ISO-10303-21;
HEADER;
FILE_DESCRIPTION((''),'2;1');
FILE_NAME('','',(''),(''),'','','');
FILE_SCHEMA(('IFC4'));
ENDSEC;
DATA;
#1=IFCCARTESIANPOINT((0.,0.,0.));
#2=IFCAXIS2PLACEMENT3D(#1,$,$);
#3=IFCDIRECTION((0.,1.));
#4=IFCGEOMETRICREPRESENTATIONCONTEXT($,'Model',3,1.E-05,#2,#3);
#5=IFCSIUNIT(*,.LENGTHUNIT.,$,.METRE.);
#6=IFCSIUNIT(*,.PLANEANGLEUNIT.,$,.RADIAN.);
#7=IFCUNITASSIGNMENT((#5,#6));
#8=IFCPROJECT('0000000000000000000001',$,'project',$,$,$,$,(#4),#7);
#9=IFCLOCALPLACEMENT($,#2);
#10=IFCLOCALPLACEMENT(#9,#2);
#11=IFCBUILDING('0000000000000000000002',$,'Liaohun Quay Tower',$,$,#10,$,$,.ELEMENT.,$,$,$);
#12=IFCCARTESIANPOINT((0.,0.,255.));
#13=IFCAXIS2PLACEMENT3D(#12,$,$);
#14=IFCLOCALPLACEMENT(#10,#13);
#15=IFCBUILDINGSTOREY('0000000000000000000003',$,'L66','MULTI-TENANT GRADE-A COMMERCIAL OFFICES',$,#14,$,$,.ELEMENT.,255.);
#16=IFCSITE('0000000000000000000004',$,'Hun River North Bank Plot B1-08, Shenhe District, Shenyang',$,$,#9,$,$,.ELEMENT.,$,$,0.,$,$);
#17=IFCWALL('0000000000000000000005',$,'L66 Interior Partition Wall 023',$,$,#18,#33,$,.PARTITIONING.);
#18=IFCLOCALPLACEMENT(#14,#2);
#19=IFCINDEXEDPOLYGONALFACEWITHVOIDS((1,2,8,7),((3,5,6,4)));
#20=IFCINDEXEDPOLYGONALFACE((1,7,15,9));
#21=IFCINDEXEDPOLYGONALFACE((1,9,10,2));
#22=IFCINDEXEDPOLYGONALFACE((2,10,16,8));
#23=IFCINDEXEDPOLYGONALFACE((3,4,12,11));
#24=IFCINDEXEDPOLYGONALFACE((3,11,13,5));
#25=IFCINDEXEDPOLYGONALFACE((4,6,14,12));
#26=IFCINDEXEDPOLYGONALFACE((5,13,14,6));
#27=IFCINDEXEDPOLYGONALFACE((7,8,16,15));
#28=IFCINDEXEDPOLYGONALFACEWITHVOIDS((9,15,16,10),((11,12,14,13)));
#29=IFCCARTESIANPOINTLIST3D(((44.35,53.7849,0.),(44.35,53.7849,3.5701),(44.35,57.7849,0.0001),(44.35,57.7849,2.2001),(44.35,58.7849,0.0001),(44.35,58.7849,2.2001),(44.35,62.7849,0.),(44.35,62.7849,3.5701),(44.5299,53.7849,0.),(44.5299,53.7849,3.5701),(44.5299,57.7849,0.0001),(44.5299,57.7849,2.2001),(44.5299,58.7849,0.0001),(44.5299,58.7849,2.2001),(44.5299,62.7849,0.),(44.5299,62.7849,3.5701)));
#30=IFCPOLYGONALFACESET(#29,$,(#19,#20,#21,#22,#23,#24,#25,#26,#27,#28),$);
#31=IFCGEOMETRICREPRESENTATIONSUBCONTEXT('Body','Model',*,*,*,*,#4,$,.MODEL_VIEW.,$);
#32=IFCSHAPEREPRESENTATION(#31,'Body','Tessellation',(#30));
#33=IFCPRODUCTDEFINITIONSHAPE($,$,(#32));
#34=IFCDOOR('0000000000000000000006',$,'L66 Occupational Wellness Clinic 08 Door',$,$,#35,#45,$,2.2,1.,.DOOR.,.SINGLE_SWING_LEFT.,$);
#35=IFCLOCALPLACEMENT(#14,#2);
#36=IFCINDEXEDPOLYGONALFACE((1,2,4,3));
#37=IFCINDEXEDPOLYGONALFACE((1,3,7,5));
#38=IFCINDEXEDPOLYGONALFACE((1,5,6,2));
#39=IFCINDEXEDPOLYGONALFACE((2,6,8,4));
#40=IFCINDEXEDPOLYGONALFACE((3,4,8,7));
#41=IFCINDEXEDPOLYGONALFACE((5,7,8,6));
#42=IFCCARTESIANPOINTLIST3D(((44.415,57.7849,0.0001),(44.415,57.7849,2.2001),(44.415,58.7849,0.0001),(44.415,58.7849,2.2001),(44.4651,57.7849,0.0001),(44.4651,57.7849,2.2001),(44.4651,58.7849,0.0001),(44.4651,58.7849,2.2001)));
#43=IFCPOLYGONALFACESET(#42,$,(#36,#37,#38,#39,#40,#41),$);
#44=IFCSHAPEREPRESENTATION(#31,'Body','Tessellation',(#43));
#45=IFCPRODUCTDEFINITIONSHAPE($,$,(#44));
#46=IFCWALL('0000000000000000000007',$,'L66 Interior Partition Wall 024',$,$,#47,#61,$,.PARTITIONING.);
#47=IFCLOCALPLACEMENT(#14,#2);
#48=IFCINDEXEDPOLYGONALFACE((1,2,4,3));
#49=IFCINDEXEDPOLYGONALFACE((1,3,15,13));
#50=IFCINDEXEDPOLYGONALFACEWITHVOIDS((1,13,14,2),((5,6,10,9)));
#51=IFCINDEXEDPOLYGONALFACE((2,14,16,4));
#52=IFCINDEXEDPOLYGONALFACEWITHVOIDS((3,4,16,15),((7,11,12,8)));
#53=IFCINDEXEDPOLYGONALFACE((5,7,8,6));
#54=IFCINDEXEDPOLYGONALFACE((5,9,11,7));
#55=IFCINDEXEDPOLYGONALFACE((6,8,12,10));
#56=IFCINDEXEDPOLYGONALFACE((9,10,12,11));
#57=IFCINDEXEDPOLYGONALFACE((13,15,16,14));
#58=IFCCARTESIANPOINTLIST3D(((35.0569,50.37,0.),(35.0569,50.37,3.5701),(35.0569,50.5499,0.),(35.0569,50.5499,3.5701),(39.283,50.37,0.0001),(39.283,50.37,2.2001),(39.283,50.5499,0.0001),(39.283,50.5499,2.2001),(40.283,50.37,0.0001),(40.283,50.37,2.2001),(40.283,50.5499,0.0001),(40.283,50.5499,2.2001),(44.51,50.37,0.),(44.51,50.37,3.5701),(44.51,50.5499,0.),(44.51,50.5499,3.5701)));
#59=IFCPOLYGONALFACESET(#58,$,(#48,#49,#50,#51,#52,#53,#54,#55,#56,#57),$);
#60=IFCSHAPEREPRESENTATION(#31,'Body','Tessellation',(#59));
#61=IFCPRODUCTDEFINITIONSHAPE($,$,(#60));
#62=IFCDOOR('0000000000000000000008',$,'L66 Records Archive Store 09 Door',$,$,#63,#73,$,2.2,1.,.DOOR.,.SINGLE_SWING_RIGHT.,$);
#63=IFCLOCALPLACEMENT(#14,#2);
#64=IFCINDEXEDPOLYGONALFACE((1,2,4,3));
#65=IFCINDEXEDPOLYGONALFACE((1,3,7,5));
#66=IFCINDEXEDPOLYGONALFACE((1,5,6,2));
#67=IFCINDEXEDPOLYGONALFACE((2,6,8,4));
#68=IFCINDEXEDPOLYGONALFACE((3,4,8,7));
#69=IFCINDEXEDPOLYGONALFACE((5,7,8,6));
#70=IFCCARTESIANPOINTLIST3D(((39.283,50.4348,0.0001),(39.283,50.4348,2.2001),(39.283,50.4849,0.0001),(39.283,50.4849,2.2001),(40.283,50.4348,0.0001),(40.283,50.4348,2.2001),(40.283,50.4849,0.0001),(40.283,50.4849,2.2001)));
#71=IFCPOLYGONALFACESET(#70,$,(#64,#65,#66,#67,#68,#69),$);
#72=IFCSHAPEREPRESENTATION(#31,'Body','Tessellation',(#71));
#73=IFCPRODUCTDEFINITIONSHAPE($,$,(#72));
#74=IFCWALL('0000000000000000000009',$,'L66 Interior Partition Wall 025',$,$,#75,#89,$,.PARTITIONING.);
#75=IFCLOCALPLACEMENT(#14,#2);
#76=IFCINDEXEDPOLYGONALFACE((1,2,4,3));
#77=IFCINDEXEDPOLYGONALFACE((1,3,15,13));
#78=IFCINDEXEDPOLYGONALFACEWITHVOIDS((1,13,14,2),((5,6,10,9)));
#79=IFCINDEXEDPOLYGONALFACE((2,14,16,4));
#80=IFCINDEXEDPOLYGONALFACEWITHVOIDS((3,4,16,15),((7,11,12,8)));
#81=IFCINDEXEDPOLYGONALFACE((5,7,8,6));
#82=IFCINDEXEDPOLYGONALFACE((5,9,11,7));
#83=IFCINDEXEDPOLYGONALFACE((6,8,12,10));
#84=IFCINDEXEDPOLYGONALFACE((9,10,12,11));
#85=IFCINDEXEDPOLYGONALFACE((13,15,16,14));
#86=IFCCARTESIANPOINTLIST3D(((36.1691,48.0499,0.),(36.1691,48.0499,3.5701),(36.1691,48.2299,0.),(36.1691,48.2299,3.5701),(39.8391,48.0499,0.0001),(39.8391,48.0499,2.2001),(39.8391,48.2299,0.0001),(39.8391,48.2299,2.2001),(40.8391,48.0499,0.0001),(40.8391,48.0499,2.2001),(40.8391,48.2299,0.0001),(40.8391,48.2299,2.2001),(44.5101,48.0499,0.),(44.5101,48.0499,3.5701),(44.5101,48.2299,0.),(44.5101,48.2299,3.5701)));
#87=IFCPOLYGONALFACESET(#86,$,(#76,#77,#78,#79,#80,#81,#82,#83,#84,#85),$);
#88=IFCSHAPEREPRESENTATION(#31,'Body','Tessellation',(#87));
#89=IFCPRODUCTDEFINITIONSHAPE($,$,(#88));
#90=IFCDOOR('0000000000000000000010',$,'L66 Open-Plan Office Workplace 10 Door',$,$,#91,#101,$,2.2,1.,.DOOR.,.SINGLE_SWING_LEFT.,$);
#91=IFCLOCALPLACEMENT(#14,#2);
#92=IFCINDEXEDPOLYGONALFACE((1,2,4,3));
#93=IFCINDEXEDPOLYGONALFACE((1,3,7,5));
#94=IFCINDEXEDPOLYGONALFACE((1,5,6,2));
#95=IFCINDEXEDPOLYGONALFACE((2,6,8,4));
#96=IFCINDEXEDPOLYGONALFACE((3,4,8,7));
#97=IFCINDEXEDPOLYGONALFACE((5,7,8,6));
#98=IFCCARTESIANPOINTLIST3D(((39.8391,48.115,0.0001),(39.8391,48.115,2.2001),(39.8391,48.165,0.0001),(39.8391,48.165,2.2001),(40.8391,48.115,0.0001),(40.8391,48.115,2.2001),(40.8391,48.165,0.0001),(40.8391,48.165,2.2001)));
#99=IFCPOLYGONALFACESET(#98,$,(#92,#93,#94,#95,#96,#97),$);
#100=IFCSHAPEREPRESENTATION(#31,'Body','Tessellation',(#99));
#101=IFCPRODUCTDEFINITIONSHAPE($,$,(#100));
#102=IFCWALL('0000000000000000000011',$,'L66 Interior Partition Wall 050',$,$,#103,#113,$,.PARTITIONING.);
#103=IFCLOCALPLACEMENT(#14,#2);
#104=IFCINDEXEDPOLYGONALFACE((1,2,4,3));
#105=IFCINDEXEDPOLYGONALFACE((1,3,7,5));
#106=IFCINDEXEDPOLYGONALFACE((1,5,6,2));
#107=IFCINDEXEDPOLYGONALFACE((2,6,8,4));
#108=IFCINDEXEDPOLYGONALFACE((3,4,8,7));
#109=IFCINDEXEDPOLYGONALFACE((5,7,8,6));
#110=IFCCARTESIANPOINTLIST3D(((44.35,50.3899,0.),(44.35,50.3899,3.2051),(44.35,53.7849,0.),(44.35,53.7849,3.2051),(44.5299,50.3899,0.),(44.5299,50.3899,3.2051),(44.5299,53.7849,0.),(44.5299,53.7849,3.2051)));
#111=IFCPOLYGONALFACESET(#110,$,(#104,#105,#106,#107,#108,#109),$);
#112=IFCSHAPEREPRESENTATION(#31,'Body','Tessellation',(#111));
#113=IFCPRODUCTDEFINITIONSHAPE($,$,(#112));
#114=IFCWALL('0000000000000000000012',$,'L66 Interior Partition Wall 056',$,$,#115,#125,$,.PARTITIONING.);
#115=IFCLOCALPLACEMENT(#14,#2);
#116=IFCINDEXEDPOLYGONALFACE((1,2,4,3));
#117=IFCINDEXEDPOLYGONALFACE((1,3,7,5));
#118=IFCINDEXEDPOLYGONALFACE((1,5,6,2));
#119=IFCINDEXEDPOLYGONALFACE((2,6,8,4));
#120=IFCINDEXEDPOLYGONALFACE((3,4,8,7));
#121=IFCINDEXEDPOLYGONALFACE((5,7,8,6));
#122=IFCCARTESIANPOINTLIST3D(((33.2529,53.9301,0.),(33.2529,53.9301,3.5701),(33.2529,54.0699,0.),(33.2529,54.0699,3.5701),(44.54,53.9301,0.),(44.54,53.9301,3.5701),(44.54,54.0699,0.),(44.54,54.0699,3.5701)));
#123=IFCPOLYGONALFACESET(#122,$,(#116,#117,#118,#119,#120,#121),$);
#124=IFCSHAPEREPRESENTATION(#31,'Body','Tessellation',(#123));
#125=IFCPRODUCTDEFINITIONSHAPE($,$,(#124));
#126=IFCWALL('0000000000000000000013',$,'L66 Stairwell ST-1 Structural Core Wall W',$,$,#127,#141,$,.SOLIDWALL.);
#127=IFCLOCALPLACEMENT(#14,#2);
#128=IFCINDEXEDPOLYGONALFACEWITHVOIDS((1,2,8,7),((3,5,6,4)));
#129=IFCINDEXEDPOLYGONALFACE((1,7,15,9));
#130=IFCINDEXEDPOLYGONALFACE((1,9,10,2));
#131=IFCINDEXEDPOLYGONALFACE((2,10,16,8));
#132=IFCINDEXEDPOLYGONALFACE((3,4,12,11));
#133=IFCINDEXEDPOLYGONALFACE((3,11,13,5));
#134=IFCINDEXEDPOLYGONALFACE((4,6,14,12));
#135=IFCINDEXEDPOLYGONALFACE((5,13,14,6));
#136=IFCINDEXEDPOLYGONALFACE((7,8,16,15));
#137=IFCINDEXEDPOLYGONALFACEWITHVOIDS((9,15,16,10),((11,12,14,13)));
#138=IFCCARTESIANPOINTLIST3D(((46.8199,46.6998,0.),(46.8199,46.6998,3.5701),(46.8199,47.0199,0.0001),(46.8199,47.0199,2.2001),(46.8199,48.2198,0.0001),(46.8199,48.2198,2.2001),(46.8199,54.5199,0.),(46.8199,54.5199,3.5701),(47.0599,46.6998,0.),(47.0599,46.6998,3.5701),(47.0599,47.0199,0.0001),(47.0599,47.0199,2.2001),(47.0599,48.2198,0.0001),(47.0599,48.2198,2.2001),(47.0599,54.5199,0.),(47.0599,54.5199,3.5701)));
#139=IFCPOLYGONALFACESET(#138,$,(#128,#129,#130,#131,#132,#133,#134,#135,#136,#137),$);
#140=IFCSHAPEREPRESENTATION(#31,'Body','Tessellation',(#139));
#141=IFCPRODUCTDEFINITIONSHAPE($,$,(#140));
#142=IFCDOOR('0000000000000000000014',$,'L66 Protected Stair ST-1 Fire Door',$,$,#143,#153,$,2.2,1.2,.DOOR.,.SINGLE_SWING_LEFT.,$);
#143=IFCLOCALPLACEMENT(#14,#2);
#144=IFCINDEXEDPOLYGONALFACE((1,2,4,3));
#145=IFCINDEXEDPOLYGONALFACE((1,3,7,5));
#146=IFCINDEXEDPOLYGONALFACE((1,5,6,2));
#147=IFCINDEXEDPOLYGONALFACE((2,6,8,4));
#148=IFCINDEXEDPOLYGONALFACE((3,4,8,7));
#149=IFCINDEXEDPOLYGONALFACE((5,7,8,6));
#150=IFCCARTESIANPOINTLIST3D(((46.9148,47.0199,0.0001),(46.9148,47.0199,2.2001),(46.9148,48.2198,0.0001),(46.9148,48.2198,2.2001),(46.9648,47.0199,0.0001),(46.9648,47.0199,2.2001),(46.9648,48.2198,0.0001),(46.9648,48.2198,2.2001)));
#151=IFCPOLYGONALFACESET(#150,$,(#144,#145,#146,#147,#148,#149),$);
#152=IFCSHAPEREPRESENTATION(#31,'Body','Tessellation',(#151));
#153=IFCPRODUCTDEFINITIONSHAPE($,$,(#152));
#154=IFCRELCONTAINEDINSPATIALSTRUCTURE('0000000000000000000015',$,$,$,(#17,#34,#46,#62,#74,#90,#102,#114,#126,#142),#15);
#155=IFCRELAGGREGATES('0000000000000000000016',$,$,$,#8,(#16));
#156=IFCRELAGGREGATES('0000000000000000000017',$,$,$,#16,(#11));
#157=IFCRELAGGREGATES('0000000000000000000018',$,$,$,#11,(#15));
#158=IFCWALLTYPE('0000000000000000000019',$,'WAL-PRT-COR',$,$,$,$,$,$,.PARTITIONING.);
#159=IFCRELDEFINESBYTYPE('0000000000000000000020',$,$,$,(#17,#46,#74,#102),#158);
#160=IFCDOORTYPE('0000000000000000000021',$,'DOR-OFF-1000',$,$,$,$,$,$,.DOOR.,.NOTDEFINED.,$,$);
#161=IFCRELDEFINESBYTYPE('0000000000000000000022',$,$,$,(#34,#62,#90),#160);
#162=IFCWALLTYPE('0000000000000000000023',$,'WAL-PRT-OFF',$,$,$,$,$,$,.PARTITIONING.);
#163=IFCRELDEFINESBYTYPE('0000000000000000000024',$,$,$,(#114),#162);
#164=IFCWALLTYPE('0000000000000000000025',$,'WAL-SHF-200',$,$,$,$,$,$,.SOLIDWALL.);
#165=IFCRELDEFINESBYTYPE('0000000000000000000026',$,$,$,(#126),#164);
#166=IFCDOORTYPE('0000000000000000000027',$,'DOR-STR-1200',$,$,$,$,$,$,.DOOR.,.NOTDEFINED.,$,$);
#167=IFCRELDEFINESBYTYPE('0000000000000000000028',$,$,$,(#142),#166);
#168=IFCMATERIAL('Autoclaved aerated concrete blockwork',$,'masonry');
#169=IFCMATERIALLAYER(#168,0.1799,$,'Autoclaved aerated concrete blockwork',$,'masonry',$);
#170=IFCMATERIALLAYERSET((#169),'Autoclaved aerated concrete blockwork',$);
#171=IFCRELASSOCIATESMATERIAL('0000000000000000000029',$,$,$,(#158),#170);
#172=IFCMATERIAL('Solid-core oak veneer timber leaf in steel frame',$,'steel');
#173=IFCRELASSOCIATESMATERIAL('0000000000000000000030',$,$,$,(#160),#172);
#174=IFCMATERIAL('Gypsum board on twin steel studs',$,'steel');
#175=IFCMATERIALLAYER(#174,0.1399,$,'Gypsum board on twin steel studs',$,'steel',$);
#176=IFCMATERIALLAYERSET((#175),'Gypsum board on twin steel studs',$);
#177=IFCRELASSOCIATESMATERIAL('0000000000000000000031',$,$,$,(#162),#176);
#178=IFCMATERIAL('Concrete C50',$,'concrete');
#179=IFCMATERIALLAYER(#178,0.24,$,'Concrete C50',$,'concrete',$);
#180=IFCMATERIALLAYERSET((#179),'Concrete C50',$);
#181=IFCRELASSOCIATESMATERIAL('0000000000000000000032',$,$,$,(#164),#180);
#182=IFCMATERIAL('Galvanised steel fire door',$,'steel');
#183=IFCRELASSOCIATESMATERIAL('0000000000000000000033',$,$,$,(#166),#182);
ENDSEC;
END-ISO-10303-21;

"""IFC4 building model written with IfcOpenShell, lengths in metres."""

from ifc_helpers import new_model, si_unit, direction, frame, frame_2d, origin, place, context, subcontext, project, spatial, rectangle, extrude, source, transform, mapped, material, layer, layer_set, type_object, element, fill, save


model = new_model("IFC4")

# Units and contexts
model_context = context("Model", 3, precision=1e-05, world=origin(), true_north=direction((0.0, 1.0)))
body_context = subcontext(model_context, "Body", "Model", "MODEL_VIEW")
ifc_project = project(units=[si_unit("LENGTHUNIT", "METRE"), si_unit("PLANEANGLEUNIT", "RADIAN")], contexts=[model_context])

# Site, building, storey
site_placement = place(None, origin())
site = spatial("IfcSite", under=ifc_project, at=site_placement, Name="Hun River North Bank Plot B1-08, Shenhe District, Shenyang", CompositionType="ELEMENT", RefElevation=0.0)
building_placement = place(site_placement, origin())
building = spatial("IfcBuilding", under=site, at=building_placement, Name="Liaohun Quay Tower", CompositionType="ELEMENT")
storey_placement = place(building_placement, frame((0.0, 0.0, 255.0)))
storey = spatial("IfcBuildingStorey", under=building, at=storey_placement, Name="L66", Description="MULTI-TENANT GRADE-A COMMERCIAL OFFICES", CompositionType="ELEMENT", Elevation=255.0)

# Walls, openings, doors
ifc_material_1 = material(Name="Autoclaved aerated concrete blockwork", Category="masonry")
ifc_layer_1 = layer(ifc_material_1, 0.1799, Name="Autoclaved aerated concrete blockwork", Category="masonry")
ifc_layer_set_1 = layer_set([ifc_layer_1], Name="Autoclaved aerated concrete blockwork")
wall_type_1 = type_object("IfcWallType", Name="WAL-PRT-COR", PredefinedType="PARTITIONING", material=ifc_layer_set_1)
wall_1_placement = place(storey_placement, frame((44.4399, 53.7849, 0.0), z_axis=(0.0, 0.0, 1.0), x_axis=(0.0, 1.0, 0.0)))
wall_1 = element("IfcWall", 1, at=wall_1_placement, inside=storey, type_object=wall_type_1, Name="L66 Interior Partition Wall 023", PredefinedType="PARTITIONING", context=body_context, shape_type="SweptSolid", body=[
    extrude(rectangle(XDim=9.0, YDim=0.1799, at=frame_2d((4.5, 0.0))), origin(), (0.0, 0.0, 1.0), 3.5701),
])
shared_shape_1 = source(origin(), body_context, "Body", "SweptSolid", [
    extrude(rectangle(XDim=1.0, YDim=2.2, at=frame_2d((0.5, 1.1001))), frame((0.0, 0.0999, 0.0), z_axis=(0.0, -1.0, 0.0), x_axis=(1.0, 0.0, 0.0)), (0.0, 0.0, 1.0), 0.2),
])
opening_1_placement = place(wall_1_placement, frame((4.0, 0.0, 0.0)))
opening_1 = element("IfcOpeningElement", 2, at=opening_1_placement, cuts=wall_1, PredefinedType="OPENING", context=body_context, shape_type="MappedRepresentation", body=[
    mapped(shared_shape_1, transform((0.0, 0.0, 0.0), x_axis=(1.0, 0.0, 0.0), y_axis=(0.0, 1.0, 0.0), z_axis=(0.0, 0.0, 1.0), scale=1.0)),
])
ifc_material_2 = material(Name="Solid-core oak veneer timber leaf in steel frame", Category="steel")
door_type_1 = type_object("IfcDoorType", Name="DOR-OFF-1000", OperationType="NOTDEFINED", PredefinedType="DOOR", material=ifc_material_2)
shared_shape_2 = source(origin(), body_context, "Body", "SweptSolid", [
    extrude(rectangle(XDim=1.0, YDim=2.2, at=frame_2d((0.5, 1.1001))), frame((0.0, 0.0249, 0.0), z_axis=(0.0, -1.0, 0.0), x_axis=(1.0, 0.0, 0.0)), (0.0, 0.0, 1.0), 0.05),
])
door_1_placement = place(opening_1_placement, origin())
door_1 = element("IfcDoor", 3, at=door_1_placement, inside=storey, type_object=door_type_1, Name="L66 Occupational Wellness Clinic 08 Door", OperationType="SINGLE_SWING_LEFT", OverallHeight=2.2, OverallWidth=1.0, PredefinedType="DOOR", context=body_context, shape_type="MappedRepresentation", body=[
    mapped(shared_shape_2, transform((0.0, 0.0, 0.0), x_axis=(1.0, 0.0, 0.0), y_axis=(0.0, 1.0, 0.0), z_axis=(0.0, 0.0, 1.0), scale=1.0)),
])
fill(opening_1, door_1)
wall_2_placement = place(storey_placement, frame((35.0569, 50.46, 0.0), z_axis=(0.0, 0.0, 1.0), x_axis=(1.0, 0.0, 0.0)))
wall_2 = element("IfcWall", 4, at=wall_2_placement, inside=storey, type_object=wall_type_1, Name="L66 Interior Partition Wall 024", PredefinedType="PARTITIONING", context=body_context, shape_type="SweptSolid", body=[
    extrude(rectangle(XDim=9.4531, YDim=0.1799, at=frame_2d((4.7266, 0.0))), origin(), (0.0, 0.0, 1.0), 3.5701),
])
opening_2_placement = place(wall_2_placement, frame((4.2261, 0.0, 0.0)))
opening_2 = element("IfcOpeningElement", 5, at=opening_2_placement, cuts=wall_2, PredefinedType="OPENING", context=body_context, shape_type="MappedRepresentation", body=[
    mapped(shared_shape_1, transform((0.0, 0.0, 0.0), x_axis=(1.0, 0.0, 0.0), y_axis=(0.0, 1.0, 0.0), z_axis=(0.0, 0.0, 1.0), scale=1.0)),
])
door_2_placement = place(opening_2_placement, origin())
door_2 = element("IfcDoor", 6, at=door_2_placement, inside=storey, type_object=door_type_1, Name="L66 Records Archive Store 09 Door", OperationType="SINGLE_SWING_RIGHT", OverallHeight=2.2, OverallWidth=1.0, PredefinedType="DOOR", context=body_context, shape_type="MappedRepresentation", body=[
    mapped(shared_shape_2, transform((0.0, 0.0, 0.0), x_axis=(1.0, 0.0, 0.0), y_axis=(0.0, 1.0, 0.0), z_axis=(0.0, 0.0, 1.0), scale=1.0)),
])
fill(opening_2, door_2)
wall_3_placement = place(storey_placement, frame((44.51, 48.1399, 0.0), z_axis=(0.0, 0.0, 1.0), x_axis=(-1.0, 0.0, 0.0)))
wall_3 = element("IfcWall", 7, at=wall_3_placement, inside=storey, type_object=wall_type_1, Name="L66 Interior Partition Wall 025", PredefinedType="PARTITIONING", context=body_context, shape_type="SweptSolid", body=[
    extrude(rectangle(XDim=8.3411, YDim=0.1799, at=frame_2d((4.1704, 0.0))), origin(), (0.0, 0.0, 1.0), 3.5701),
])
opening_3_placement = place(wall_3_placement, frame((3.6709, 0.0, 0.0)))
opening_3 = element("IfcOpeningElement", 8, at=opening_3_placement, cuts=wall_3, PredefinedType="OPENING", context=body_context, shape_type="MappedRepresentation", body=[
    mapped(shared_shape_1, transform((0.0, 0.0, 0.0), x_axis=(1.0, 0.0, 0.0), y_axis=(0.0, 1.0, 0.0), z_axis=(0.0, 0.0, 1.0), scale=1.0)),
])
door_3_placement = place(opening_3_placement, origin())
door_3 = element("IfcDoor", 9, at=door_3_placement, inside=storey, type_object=door_type_1, Name="L66 Open-Plan Office Workplace 10 Door", OperationType="SINGLE_SWING_LEFT", OverallHeight=2.2, OverallWidth=1.0, PredefinedType="DOOR", context=body_context, shape_type="MappedRepresentation", body=[
    mapped(shared_shape_2, transform((0.0, 0.0, 0.0), x_axis=(1.0, 0.0, 0.0), y_axis=(0.0, 1.0, 0.0), z_axis=(0.0, 0.0, 1.0), scale=1.0)),
])
fill(opening_3, door_3)

# Walls
wall_4_placement = place(storey_placement, frame((44.4399, 50.3899, 0.0), z_axis=(0.0, 0.0, 1.0), x_axis=(0.0, 1.0, 0.0)))
element("IfcWall", 10, at=wall_4_placement, inside=storey, type_object=wall_type_1, Name="L66 Interior Partition Wall 050", PredefinedType="PARTITIONING", context=body_context, shape_type="SweptSolid", body=[
    extrude(rectangle(XDim=3.395, YDim=0.1799, at=frame_2d((1.6975, 0.0))), origin(), (0.0, 0.0, 1.0), 3.2051),
])
ifc_material_3 = material(Name="Gypsum board on twin steel studs", Category="steel")
ifc_layer_2 = layer(ifc_material_3, 0.1399, Name="Gypsum board on twin steel studs", Category="steel")
ifc_layer_set_2 = layer_set([ifc_layer_2], Name="Gypsum board on twin steel studs")
wall_type_2 = type_object("IfcWallType", Name="WAL-PRT-OFF", PredefinedType="PARTITIONING", material=ifc_layer_set_2)
wall_5_placement = place(storey_placement, frame((44.54, 54.0, 0.0), z_axis=(0.0, 0.0, 1.0), x_axis=(-1.0, 0.0, 0.0)))
element("IfcWall", 11, at=wall_5_placement, inside=storey, type_object=wall_type_2, Name="L66 Interior Partition Wall 056", PredefinedType="PARTITIONING", context=body_context, shape_type="SweptSolid", body=[
    extrude(rectangle(XDim=11.2871, YDim=0.1399, at=frame_2d((5.6436, 0.0))), origin(), (0.0, 0.0, 1.0), 3.5701),
])

# Wall, opening, door
ifc_material_4 = material(Name="Concrete C50", Category="concrete")
ifc_layer_3 = layer(ifc_material_4, 0.24, Name="Concrete C50", Category="concrete")
ifc_layer_set_3 = layer_set([ifc_layer_3], Name="Concrete C50")
wall_type_3 = type_object("IfcWallType", Name="WAL-SHF-200", PredefinedType="SOLIDWALL", material=ifc_layer_set_3)
wall_6_placement = place(storey_placement, frame((46.9399, 54.52, 0.0), z_axis=(0.0, 0.0, 1.0), x_axis=(0.0, -1.0, 0.0)))
wall_6 = element("IfcWall", 12, at=wall_6_placement, inside=storey, type_object=wall_type_3, Name="L66 Stairwell ST-1 Structural Core Wall W", PredefinedType="SOLIDWALL", context=body_context, shape_type="SweptSolid", body=[
    extrude(rectangle(XDim=7.8201, YDim=0.24, at=frame_2d((3.9102, 0.0))), origin(), (0.0, 0.0, 1.0), 3.5701),
])
shared_shape_3 = source(origin(), body_context, "Body", "SweptSolid", [
    extrude(rectangle(XDim=1.2, YDim=2.2, at=frame_2d((0.6001, 1.1001))), frame((0.0, 0.1299, 0.0), z_axis=(0.0, -1.0, 0.0), x_axis=(1.0, 0.0, 0.0)), (0.0, 0.0, 1.0), 0.26),
])
opening_4_placement = place(wall_6_placement, frame((6.3, 0.0, 0.0)))
opening_4 = element("IfcOpeningElement", 13, at=opening_4_placement, cuts=wall_6, PredefinedType="OPENING", context=body_context, shape_type="MappedRepresentation", body=[
    mapped(shared_shape_3, transform((0.0, 0.0, 0.0), x_axis=(1.0, 0.0, 0.0), y_axis=(0.0, 1.0, 0.0), z_axis=(0.0, 0.0, 1.0), scale=1.0)),
])
ifc_material_5 = material(Name="Galvanised steel fire door", Category="steel")
door_type_2 = type_object("IfcDoorType", Name="DOR-STR-1200", OperationType="NOTDEFINED", PredefinedType="DOOR", material=ifc_material_5)
shared_shape_4 = source(origin(), body_context, "Body", "SweptSolid", [
    extrude(rectangle(XDim=1.2, YDim=2.2, at=frame_2d((0.6001, 1.1001))), frame((0.0, 0.0249, 0.0), z_axis=(0.0, -1.0, 0.0), x_axis=(1.0, 0.0, 0.0)), (0.0, 0.0, 1.0), 0.05),
])
door_4_placement = place(opening_4_placement, origin())
door_4 = element("IfcDoor", 14, at=door_4_placement, inside=storey, type_object=door_type_2, Name="L66 Protected Stair ST-1 Fire Door", OperationType="SINGLE_SWING_LEFT", OverallHeight=2.2, OverallWidth=1.2, PredefinedType="DOOR", context=body_context, shape_type="MappedRepresentation", body=[
    mapped(shared_shape_4, transform((0.0, 0.0, 0.0), x_axis=(1.0, 0.0, 0.0), y_axis=(0.0, 1.0, 0.0), z_axis=(0.0, 0.0, 1.0), scale=1.0)),
])
fill(opening_4, door_4)

save(model, "model.ifc")
